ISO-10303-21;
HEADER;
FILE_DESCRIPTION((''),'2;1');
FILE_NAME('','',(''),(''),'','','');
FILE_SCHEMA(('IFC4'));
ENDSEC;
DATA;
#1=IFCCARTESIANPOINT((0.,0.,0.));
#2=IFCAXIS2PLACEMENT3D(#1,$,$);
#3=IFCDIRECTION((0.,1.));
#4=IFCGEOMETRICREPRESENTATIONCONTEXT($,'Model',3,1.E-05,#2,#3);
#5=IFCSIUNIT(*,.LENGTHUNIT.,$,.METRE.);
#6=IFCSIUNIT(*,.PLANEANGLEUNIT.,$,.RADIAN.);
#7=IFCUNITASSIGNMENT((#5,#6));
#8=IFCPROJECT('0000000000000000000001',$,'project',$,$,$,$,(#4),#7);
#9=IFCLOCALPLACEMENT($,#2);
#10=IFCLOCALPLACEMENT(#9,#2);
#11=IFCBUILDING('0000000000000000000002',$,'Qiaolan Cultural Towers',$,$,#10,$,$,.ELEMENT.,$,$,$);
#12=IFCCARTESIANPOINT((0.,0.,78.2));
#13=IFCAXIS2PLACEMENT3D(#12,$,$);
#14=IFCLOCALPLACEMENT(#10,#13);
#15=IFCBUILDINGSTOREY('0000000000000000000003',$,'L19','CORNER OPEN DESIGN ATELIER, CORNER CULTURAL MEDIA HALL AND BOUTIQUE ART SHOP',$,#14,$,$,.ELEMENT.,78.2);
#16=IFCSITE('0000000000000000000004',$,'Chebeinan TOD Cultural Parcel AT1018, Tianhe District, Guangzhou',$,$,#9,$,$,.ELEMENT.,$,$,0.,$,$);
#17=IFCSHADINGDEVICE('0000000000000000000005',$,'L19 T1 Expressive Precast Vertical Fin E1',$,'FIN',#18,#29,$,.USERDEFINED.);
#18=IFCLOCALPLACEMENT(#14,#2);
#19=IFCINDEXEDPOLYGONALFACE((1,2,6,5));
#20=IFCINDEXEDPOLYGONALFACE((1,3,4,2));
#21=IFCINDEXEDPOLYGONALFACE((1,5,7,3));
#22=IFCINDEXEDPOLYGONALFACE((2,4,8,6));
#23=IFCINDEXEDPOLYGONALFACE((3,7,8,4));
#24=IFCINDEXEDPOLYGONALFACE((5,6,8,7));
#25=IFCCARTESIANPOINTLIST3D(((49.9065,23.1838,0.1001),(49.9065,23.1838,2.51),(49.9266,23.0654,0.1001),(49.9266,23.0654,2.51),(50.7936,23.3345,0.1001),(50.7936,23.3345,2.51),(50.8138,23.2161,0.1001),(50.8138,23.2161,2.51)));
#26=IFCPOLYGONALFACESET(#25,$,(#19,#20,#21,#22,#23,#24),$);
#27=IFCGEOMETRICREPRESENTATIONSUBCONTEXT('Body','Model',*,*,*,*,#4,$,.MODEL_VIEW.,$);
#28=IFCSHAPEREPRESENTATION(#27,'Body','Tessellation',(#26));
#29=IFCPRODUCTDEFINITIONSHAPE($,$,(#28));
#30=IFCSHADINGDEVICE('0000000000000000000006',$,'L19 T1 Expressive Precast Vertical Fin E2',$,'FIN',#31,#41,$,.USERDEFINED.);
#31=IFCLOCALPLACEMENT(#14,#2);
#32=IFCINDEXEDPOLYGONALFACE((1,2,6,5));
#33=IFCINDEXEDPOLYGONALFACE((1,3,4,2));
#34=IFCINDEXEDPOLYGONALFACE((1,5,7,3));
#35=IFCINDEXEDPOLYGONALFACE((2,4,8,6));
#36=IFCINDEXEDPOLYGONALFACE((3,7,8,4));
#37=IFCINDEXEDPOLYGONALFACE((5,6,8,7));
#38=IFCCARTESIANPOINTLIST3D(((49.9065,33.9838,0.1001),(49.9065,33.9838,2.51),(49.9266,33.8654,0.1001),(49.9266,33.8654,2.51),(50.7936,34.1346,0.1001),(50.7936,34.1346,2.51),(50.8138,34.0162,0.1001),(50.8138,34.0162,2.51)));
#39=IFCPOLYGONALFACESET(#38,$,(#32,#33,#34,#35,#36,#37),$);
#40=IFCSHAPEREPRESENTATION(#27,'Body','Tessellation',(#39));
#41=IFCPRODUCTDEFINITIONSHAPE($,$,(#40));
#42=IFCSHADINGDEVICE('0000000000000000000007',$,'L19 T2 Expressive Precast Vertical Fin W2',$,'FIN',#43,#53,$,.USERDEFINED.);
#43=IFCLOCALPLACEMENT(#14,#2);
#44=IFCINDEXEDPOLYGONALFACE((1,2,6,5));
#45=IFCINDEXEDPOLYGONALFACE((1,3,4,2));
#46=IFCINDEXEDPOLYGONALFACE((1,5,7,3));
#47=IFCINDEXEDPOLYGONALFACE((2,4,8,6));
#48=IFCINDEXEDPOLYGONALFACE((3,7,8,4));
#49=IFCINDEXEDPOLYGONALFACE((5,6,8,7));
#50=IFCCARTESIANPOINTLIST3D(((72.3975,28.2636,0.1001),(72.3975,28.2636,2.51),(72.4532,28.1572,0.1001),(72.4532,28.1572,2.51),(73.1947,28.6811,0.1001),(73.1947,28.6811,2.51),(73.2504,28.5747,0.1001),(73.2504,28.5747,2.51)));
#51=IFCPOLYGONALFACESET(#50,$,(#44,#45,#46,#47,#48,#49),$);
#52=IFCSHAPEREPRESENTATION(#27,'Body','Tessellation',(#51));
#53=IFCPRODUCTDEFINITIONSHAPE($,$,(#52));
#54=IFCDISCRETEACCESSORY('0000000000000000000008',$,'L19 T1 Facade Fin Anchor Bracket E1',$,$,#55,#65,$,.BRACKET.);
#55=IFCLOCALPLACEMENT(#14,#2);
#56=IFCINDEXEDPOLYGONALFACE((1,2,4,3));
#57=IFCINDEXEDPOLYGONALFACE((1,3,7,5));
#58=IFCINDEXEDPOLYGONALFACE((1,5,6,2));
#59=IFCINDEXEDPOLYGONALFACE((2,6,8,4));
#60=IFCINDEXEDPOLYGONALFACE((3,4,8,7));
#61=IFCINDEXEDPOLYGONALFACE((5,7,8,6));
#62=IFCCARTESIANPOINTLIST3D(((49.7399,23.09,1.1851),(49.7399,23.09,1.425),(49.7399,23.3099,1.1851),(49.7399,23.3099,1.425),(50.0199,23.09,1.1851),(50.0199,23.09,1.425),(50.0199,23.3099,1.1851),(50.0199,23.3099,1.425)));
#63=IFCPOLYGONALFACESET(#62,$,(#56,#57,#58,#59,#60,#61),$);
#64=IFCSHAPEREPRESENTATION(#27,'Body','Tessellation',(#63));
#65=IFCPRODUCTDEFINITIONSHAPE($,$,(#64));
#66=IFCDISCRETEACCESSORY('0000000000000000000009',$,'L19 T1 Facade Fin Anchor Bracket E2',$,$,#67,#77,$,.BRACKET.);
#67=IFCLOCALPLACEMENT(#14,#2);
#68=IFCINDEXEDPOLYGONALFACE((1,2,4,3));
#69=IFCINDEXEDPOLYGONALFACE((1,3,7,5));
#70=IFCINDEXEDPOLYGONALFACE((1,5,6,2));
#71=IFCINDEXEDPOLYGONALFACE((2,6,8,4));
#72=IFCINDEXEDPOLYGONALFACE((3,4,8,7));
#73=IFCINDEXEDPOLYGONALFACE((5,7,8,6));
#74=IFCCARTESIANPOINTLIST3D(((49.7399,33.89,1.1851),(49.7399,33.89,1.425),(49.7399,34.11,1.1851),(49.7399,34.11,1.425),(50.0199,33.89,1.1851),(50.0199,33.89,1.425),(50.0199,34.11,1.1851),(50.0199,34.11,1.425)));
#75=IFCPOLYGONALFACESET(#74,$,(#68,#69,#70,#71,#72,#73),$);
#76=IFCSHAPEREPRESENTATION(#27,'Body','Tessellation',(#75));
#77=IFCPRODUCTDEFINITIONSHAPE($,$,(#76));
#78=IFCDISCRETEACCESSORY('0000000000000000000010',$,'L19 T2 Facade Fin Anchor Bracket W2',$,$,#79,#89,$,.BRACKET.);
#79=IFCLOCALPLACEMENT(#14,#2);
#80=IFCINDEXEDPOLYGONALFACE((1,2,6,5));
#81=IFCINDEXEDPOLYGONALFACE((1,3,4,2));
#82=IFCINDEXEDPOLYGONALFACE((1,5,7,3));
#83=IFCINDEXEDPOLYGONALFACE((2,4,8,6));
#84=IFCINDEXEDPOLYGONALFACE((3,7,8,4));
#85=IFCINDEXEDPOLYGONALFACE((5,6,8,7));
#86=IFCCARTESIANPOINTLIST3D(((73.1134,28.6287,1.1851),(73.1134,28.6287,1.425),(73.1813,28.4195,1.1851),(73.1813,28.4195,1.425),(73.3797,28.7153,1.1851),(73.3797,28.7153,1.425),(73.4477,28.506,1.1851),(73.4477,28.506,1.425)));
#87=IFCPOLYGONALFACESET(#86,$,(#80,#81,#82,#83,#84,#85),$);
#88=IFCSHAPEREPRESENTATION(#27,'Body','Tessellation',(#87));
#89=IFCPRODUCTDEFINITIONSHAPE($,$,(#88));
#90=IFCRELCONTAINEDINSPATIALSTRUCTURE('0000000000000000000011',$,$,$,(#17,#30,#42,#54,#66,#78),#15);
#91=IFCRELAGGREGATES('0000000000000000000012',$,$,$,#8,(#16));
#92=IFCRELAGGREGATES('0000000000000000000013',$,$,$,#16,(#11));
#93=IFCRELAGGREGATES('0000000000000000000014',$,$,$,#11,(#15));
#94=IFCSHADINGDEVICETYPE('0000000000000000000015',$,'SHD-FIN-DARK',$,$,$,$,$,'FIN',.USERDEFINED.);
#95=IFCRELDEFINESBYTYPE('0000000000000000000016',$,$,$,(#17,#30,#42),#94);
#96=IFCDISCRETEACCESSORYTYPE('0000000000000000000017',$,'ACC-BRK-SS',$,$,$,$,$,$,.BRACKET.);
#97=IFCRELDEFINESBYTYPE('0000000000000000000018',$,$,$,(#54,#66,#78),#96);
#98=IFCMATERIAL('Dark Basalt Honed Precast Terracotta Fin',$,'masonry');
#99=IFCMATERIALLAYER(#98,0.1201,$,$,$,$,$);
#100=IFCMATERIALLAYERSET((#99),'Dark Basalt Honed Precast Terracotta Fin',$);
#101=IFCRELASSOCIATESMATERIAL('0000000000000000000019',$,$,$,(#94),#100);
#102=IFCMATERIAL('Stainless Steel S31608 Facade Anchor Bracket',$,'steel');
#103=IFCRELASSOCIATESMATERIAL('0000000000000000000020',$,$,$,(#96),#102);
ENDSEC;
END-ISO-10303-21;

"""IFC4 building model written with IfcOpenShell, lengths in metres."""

from ifc_helpers import new_model, si_unit, direction, frame, origin, origin_2d, place, context, subcontext, project, spatial, rectangle, extrude, material, layer, layer_set, type_object, element, save


model = new_model("IFC4")

# Units and contexts
model_context = context("Model", 3, precision=1e-05, world=origin(), true_north=direction((0.0, 1.0)))
body_context = subcontext(model_context, "Body", "Model", "MODEL_VIEW")
ifc_project = project(units=[si_unit("LENGTHUNIT", "METRE"), si_unit("PLANEANGLEUNIT", "RADIAN")], contexts=[model_context])

# Site, building, storey
site_placement = place(None, origin())
site = spatial("IfcSite", under=ifc_project, at=site_placement, Name="Chebeinan TOD Cultural Parcel AT1018, Tianhe District, Guangzhou", CompositionType="ELEMENT", RefElevation=0.0)
building_placement = place(site_placement, origin())
building = spatial("IfcBuilding", under=site, at=building_placement, Name="Qiaolan Cultural Towers", CompositionType="ELEMENT")
storey_placement = place(building_placement, frame((0.0, 0.0, 78.2)))
storey = spatial("IfcBuildingStorey", under=building, at=storey_placement, Name="L19", Description="CORNER OPEN DESIGN ATELIER, CORNER CULTURAL MEDIA HALL AND BOUTIQUE ART SHOP", CompositionType="ELEMENT", Elevation=78.2)

# Shading devices
ifc_material_1 = material(Name="Dark Basalt Honed Precast Terracotta Fin", Category="masonry")
ifc_layer_1 = layer(ifc_material_1, 0.1201)
ifc_layer_set_1 = layer_set([ifc_layer_1], Name="Dark Basalt Honed Precast Terracotta Fin")
shading_device_type = type_object("IfcShadingDeviceType", Name="SHD-FIN-DARK", ElementType="FIN", PredefinedType="USERDEFINED", material=ifc_layer_set_1)
for number, where, z_axis, x_axis, name in (
    (1, (50.3601, 23.2, 0.1001), (0.0, 0.0, 1.0), (0.985874, 0.167488, 0.0), "L19 T1 Expressive Precast Vertical Fin E1"),
    (2, (50.3601, 34.0, 0.1001), (0.0, 0.0, 1.0), (0.985874, 0.167488, 0.0), "L19 T1 Expressive Precast Vertical Fin E2"),
    (3, (72.824, 28.4192, 0.1001), (0.0, 0.0, 1.0), (0.885865, 0.463943, 0.0), "L19 T2 Expressive Precast Vertical Fin W2"),
):
    element("IfcShadingDevice", number, at=place(storey_placement, frame(where, z_axis=z_axis, x_axis=x_axis)), inside=storey, type_object=shading_device_type, Name=name, ObjectType="FIN", PredefinedType="USERDEFINED", context=body_context, shape_type="SweptSolid", body=[
        extrude(rectangle(XDim=0.8999, YDim=0.1201, at=origin_2d()), origin(), (0.0, 0.0, 1.0), 2.4099),
    ])

# Discrete accessories
ifc_material_2 = material(Name="Stainless Steel S31608 Facade Anchor Bracket", Category="steel")
discrete_accessory_type = type_object("IfcDiscreteAccessoryType", Name="ACC-BRK-SS", PredefinedType="BRACKET", material=ifc_material_2)
for number, where, z_axis, x_axis, name in (
    (4, (49.8799, 23.2, 1.1851), (0.0, 0.0, 1.0), (1.0, 0.0, 0.0), "L19 T1 Facade Fin Anchor Bracket E1"),
    (5, (49.8799, 34.0, 1.1851), (0.0, 0.0, 1.0), (1.0, 0.0, 0.0), "L19 T1 Facade Fin Anchor Bracket E2"),
    (6, (73.2805, 28.5674, 1.1851), (0.0, 0.0, 1.0), (0.951057, 0.309017, 0.0), "L19 T2 Facade Fin Anchor Bracket W2"),
):
    element("IfcDiscreteAccessory", number, at=place(storey_placement, frame(where, z_axis=z_axis, x_axis=x_axis)), inside=storey, type_object=discrete_accessory_type, Name=name, PredefinedType="BRACKET", context=body_context, shape_type="SweptSolid", body=[
        extrude(rectangle(XDim=0.28, YDim=0.22, at=origin_2d()), origin(), (0.0, 0.0, 1.0), 0.24),
    ])

save(model, "model.ifc")
